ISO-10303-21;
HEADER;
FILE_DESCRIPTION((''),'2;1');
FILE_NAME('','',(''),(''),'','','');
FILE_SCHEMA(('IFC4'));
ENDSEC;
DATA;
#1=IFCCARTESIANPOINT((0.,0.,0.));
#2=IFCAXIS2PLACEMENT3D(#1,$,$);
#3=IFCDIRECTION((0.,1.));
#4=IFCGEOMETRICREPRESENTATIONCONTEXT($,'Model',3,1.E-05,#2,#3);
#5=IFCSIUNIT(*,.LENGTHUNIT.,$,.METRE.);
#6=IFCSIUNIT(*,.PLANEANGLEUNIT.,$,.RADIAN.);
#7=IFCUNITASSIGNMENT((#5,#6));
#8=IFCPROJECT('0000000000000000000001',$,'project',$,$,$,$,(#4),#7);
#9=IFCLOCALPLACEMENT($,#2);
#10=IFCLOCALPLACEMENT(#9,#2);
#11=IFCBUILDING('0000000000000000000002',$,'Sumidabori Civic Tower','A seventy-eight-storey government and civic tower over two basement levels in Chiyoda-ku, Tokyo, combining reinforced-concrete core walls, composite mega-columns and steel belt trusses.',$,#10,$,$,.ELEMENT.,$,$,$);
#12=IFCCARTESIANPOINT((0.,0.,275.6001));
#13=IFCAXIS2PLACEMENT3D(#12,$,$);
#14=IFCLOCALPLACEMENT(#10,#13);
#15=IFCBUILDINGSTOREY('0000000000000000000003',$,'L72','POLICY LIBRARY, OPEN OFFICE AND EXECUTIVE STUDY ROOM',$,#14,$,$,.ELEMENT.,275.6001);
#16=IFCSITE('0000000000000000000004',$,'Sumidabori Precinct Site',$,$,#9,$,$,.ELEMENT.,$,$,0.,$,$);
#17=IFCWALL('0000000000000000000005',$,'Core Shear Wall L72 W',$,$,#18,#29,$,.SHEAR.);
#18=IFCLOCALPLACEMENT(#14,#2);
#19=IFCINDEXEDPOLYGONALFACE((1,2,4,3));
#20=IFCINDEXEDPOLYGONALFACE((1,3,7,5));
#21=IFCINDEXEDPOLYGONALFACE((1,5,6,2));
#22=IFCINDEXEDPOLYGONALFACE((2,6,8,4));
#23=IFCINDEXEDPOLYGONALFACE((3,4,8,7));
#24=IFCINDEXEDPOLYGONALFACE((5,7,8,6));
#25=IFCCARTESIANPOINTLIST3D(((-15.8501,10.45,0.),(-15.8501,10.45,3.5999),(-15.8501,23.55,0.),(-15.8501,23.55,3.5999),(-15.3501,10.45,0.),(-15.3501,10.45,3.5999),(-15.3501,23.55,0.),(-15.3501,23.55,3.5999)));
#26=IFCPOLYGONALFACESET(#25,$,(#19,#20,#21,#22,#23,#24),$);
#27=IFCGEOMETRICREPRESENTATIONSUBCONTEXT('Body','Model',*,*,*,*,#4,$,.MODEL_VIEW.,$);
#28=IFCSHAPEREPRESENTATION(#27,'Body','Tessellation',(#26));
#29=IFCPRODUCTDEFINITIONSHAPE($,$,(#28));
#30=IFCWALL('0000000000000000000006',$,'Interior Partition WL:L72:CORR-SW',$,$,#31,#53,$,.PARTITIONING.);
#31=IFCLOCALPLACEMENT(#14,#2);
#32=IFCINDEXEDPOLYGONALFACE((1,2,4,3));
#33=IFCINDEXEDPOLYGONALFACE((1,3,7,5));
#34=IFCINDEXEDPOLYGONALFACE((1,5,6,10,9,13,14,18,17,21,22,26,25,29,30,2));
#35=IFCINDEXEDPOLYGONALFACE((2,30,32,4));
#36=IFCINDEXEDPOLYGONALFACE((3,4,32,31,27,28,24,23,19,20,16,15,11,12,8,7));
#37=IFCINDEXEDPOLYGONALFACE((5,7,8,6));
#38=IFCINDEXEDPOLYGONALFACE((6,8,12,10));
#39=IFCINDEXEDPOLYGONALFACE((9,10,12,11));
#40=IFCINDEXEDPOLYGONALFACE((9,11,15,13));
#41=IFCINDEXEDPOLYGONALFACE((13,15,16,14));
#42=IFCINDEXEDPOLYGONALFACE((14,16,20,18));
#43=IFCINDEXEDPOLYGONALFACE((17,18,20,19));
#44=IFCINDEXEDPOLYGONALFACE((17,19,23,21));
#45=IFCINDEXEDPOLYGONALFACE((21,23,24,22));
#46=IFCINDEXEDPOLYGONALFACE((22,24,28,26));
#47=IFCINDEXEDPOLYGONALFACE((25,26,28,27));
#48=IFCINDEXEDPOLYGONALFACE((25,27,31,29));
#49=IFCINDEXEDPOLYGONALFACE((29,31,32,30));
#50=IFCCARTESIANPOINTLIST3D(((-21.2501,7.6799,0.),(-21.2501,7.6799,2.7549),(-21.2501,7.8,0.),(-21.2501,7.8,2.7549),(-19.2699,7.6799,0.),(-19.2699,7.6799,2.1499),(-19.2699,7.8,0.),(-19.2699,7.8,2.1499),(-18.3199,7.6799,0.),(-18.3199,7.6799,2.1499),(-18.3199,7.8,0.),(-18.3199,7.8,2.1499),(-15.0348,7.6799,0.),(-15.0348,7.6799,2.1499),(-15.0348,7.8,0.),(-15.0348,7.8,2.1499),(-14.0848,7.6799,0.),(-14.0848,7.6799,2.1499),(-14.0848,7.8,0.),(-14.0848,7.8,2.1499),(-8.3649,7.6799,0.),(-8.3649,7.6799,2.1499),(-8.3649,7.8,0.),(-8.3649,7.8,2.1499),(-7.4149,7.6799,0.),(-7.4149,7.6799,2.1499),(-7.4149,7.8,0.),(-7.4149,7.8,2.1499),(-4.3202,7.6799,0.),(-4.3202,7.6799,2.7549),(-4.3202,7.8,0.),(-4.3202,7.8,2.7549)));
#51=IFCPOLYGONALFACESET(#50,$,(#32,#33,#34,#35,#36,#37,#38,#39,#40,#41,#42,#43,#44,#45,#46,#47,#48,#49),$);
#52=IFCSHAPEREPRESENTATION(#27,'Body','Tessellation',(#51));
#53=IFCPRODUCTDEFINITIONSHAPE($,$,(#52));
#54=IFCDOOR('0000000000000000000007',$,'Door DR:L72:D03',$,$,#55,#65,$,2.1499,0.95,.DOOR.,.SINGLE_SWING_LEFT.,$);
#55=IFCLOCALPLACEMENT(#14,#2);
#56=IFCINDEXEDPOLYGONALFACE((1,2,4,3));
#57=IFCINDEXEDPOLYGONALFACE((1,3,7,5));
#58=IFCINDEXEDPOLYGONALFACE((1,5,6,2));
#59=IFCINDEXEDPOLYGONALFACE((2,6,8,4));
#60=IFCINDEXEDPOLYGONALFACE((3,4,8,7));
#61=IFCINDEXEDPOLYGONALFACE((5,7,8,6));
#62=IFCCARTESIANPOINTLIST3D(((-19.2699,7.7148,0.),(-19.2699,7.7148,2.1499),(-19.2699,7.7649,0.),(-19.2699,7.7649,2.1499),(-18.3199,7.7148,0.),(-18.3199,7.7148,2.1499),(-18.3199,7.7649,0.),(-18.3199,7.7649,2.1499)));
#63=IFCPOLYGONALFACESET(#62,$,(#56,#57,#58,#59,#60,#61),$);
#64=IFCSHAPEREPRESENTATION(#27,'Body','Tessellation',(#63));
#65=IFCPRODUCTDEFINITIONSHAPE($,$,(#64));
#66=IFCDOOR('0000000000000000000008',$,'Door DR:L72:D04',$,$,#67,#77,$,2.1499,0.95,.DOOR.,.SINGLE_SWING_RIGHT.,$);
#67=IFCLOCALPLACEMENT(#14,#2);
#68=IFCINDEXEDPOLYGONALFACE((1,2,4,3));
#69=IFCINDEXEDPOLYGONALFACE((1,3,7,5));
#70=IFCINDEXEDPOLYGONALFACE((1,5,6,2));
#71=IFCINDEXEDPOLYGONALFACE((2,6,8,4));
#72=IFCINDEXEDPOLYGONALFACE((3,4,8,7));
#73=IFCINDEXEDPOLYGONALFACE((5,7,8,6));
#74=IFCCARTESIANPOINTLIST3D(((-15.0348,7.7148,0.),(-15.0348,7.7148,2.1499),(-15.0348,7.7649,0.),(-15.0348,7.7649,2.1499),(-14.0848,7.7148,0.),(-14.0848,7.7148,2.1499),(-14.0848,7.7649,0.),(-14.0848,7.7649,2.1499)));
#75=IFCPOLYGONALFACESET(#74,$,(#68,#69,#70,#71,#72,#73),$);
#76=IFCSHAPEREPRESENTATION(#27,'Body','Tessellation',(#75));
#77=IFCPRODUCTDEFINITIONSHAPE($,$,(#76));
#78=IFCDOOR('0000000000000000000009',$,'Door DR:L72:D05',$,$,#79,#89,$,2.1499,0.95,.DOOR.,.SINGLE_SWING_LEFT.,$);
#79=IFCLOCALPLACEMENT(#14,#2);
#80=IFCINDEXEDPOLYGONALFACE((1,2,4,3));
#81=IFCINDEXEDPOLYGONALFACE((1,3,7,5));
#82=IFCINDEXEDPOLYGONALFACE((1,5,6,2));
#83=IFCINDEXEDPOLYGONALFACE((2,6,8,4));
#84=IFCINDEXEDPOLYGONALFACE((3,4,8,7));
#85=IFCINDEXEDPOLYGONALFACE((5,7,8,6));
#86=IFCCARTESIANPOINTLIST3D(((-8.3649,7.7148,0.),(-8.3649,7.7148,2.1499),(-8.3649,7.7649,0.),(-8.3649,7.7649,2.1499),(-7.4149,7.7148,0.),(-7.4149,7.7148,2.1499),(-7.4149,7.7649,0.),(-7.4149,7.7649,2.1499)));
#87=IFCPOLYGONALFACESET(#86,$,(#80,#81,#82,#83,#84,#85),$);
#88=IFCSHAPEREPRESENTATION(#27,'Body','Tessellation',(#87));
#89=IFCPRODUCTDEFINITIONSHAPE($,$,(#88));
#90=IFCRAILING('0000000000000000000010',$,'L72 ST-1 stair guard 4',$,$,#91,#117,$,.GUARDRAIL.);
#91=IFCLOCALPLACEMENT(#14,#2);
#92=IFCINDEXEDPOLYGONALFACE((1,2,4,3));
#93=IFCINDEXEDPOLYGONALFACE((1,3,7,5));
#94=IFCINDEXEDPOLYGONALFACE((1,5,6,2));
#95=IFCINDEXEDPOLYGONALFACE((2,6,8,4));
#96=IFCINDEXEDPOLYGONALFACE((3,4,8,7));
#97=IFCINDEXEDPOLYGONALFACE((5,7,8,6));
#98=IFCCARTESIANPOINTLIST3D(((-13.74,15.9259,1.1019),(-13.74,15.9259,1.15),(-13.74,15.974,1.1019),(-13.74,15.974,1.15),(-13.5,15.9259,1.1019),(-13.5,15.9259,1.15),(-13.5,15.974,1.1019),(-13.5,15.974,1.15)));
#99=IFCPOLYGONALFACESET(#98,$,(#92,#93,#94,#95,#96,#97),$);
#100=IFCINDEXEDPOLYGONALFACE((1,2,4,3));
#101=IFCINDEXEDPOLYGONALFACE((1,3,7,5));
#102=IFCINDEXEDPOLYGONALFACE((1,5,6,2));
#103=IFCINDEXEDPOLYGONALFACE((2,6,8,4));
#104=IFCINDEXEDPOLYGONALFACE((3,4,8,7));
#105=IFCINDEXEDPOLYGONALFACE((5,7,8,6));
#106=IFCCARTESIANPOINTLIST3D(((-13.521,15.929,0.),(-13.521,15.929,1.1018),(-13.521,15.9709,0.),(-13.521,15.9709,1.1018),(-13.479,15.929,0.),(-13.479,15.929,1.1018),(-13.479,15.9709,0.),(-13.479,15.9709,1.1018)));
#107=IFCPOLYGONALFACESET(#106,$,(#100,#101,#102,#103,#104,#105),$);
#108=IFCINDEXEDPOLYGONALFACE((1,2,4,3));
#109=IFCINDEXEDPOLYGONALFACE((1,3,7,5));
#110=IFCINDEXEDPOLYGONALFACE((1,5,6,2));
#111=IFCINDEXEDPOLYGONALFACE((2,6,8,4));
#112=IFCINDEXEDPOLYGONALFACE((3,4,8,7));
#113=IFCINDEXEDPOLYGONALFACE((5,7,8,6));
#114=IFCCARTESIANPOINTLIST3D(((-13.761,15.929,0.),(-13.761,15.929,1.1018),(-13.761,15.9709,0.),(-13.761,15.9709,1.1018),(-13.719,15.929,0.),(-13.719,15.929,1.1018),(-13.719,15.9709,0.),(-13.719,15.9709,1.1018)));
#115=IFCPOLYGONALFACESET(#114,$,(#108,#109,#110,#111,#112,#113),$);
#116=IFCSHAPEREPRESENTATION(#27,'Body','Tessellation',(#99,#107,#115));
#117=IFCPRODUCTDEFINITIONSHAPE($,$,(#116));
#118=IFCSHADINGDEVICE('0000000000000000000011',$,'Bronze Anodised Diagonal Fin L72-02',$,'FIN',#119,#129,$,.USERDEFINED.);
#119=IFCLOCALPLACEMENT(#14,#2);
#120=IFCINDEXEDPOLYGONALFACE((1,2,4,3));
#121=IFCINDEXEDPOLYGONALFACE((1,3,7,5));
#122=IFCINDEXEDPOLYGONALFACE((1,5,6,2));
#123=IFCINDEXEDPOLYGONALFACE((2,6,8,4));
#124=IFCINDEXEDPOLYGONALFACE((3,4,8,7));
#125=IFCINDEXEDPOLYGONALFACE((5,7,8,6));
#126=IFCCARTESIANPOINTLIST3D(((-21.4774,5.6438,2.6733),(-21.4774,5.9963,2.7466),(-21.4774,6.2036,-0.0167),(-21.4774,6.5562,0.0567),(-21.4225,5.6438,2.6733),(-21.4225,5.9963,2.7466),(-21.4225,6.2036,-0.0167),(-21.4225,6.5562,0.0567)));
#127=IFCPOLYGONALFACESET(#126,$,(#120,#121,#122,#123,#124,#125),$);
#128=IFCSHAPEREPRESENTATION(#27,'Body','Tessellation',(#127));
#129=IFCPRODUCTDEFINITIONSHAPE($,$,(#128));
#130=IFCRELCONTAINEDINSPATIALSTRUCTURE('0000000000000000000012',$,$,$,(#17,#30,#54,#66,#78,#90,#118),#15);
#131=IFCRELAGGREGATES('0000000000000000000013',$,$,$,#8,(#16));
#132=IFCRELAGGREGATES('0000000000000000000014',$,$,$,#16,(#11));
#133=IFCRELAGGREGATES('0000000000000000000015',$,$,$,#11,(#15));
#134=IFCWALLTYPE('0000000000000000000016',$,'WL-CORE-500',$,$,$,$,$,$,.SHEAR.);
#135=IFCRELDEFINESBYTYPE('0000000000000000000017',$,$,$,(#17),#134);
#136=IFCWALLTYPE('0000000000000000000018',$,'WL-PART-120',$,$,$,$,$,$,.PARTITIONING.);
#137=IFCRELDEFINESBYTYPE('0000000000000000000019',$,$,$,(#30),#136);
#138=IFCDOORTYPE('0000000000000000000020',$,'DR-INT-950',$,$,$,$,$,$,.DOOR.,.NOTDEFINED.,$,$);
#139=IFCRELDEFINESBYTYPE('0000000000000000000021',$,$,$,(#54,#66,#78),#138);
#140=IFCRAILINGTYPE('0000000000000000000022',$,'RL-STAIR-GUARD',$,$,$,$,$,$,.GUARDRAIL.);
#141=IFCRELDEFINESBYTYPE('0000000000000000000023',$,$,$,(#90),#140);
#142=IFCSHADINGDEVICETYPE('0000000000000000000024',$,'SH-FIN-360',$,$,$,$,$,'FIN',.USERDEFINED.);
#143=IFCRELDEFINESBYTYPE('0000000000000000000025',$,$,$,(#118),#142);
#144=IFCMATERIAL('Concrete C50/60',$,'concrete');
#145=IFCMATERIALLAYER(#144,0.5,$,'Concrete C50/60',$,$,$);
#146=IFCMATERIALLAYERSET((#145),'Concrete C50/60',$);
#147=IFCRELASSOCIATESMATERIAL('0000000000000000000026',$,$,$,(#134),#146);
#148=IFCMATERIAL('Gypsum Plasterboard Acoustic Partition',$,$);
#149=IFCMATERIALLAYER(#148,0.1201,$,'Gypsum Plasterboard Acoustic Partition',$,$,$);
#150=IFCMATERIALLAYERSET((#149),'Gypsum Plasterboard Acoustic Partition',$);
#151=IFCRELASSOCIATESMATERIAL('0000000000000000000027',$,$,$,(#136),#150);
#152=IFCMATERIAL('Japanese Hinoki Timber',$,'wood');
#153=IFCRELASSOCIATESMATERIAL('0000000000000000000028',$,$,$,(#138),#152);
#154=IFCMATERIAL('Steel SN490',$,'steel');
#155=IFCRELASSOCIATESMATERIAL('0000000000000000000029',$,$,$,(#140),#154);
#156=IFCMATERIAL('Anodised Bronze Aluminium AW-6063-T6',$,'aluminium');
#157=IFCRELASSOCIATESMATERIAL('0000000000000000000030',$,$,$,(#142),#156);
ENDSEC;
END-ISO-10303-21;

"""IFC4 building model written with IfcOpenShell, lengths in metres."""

from ifc_helpers import new_model, si_unit, direction, frame, frame_2d, origin, origin_2d, place, context, subcontext, project, spatial, rectangle, extrude, source, transform, mapped, material, layer, layer_set, material_profile, profile_set, type_object, element, fill, save


model = new_model("IFC4")

# Units and contexts
model_context = context("Model", 3, precision=1e-05, world=origin(), true_north=direction((0.0, 1.0)))
body_context = subcontext(model_context, "Body", "Model", "MODEL_VIEW")
ifc_project = project(units=[si_unit("LENGTHUNIT", "METRE"), si_unit("PLANEANGLEUNIT", "RADIAN")], contexts=[model_context])

# Site, building, storey
site_placement = place(None, origin())
site = spatial("IfcSite", under=ifc_project, at=site_placement, Name="Sumidabori Precinct Site", CompositionType="ELEMENT", RefElevation=0.0)
building_placement = place(site_placement, origin())
building = spatial("IfcBuilding", under=site, at=building_placement, Name="Sumidabori Civic Tower", Description="A seventy-eight-storey government and civic tower over two basement levels in Chiyoda-ku, Tokyo, combining reinforced-concrete core walls, composite mega-columns and steel belt trusses.", CompositionType="ELEMENT")
storey_placement = place(building_placement, frame((0.0, 0.0, 275.6001)))
storey = spatial("IfcBuildingStorey", under=building, at=storey_placement, Name="L72", Description="POLICY LIBRARY, OPEN OFFICE AND EXECUTIVE STUDY ROOM", CompositionType="ELEMENT", Elevation=275.6001)

# Shared definitions
ifc_material_1 = material(Name="Concrete C50/60", Category="concrete")

# Shared definitions
ifc_material_2 = material(Name="Steel SN490", Category="steel")

# Shared definitions
ifc_material_3 = material(Name="Anodised Bronze Aluminium AW-6063-T6", Category="aluminium")

# Wall
ifc_layer_1 = layer(ifc_material_1, 0.5, Name="Concrete C50/60")
ifc_layer_set_1 = layer_set([ifc_layer_1], Name="Concrete C50/60")
wall_type_1 = type_object("IfcWallType", Name="WL-CORE-500", PredefinedType="SHEAR", material=ifc_layer_set_1)
shared_shape_1 = source(origin(), body_context, "Body", "SweptSolid", [
    extrude(rectangle(XDim=13.1001, YDim=0.5, at=frame_2d((6.55, 0.0))), origin(), (0.0, 0.0, 1.0), 3.5999),
])
wall_1_placement = place(storey_placement, frame((-15.6001, 10.45, 0.0), z_axis=(0.0, 0.0, 1.0), x_axis=(0.0, 1.0, 0.0)))
element("IfcWall", 1, at=wall_1_placement, inside=storey, type_object=wall_type_1, Name="Core Shear Wall L72 W", PredefinedType="SHEAR", context=body_context, shape_type="MappedRepresentation", body=[
    mapped(shared_shape_1, transform((0.0, 0.0, 0.0), x_axis=(1.0, 0.0, 0.0), y_axis=(0.0, 1.0, 0.0), z_axis=(0.0, 0.0, 1.0), scale=1.0)),
])

# Shared definitions
ifc_material_4 = material(Name="Gypsum Plasterboard Acoustic Partition")
ifc_layer_2 = layer(ifc_material_4, 0.1201, Name="Gypsum Plasterboard Acoustic Partition")
ifc_layer_set_2 = layer_set([ifc_layer_2], Name="Gypsum Plasterboard Acoustic Partition")
wall_type_2 = type_object("IfcWallType", Name="WL-PART-120", PredefinedType="PARTITIONING", material=ifc_layer_set_2)
ifc_material_5 = material(Name="Japanese Hinoki Timber", Category="wood")

# Wall, openings, doors
shared_shape_2 = source(origin(), body_context, "Body", "SweptSolid", [
    extrude(rectangle(XDim=16.9299, YDim=0.1201, at=frame_2d((8.4648, 0.0))), origin(), (0.0, 0.0, 1.0), 2.7549),
])
wall_2_placement = place(storey_placement, frame((-21.25, 7.74, 0.0), z_axis=(0.0, 0.0, 1.0), x_axis=(1.0, 0.0, 0.0)))
wall_2 = element("IfcWall", 2, at=wall_2_placement, inside=storey, type_object=wall_type_2, Name="Interior Partition WL:L72:CORR-SW", PredefinedType="PARTITIONING", context=body_context, shape_type="MappedRepresentation", body=[
    mapped(shared_shape_2, transform((0.0, 0.0, 0.0), x_axis=(1.0, 0.0, 0.0), y_axis=(0.0, 1.0, 0.0), z_axis=(0.0, 0.0, 1.0), scale=1.0)),
])
opening_1_placement = place(wall_2_placement, frame((1.98, 0.0, 0.0)))
opening_1 = element("IfcOpeningElement", 3, at=opening_1_placement, cuts=wall_2, PredefinedType="OPENING", context=body_context, shape_type="SweptSolid", body=[
    extrude(rectangle(XDim=0.95, YDim=2.1499, at=frame_2d((0.4751, 1.075))), frame((0.0, 0.072, 0.0), z_axis=(0.0, -1.0, 0.0), x_axis=(1.0, 0.0, 0.0)), (0.0, 0.0, 1.0), 0.144),
])
opening_2_placement = place(wall_2_placement, frame((6.2151, 0.0, 0.0)))
opening_2 = element("IfcOpeningElement", 4, at=opening_2_placement, cuts=wall_2, PredefinedType="OPENING", context=body_context, shape_type="SweptSolid", body=[
    extrude(rectangle(XDim=0.95, YDim=2.1499, at=frame_2d((0.4751, 1.075))), frame((0.0, 0.072, 0.0), z_axis=(0.0, -1.0, 0.0), x_axis=(1.0, 0.0, 0.0)), (0.0, 0.0, 1.0), 0.144),
])
opening_3_placement = place(wall_2_placement, frame((12.885, 0.0, 0.0)))
opening_3 = element("IfcOpeningElement", 5, at=opening_3_placement, cuts=wall_2, PredefinedType="OPENING", context=body_context, shape_type="SweptSolid", body=[
    extrude(rectangle(XDim=0.95, YDim=2.1499, at=frame_2d((0.4751, 1.075))), frame((0.0, 0.072, 0.0), z_axis=(0.0, -1.0, 0.0), x_axis=(1.0, 0.0, 0.0)), (0.0, 0.0, 1.0), 0.144),
])
door_type_1 = type_object("IfcDoorType", Name="DR-INT-950", OperationType="NOTDEFINED", PredefinedType="DOOR", material=ifc_material_5)
shared_shape_3 = source(origin(), body_context, "Body", "SweptSolid", [
    extrude(rectangle(XDim=0.95, YDim=2.1499, at=frame_2d((0.4751, 1.075))), frame((0.0, 0.0249, 0.0), z_axis=(0.0, -1.0, 0.0), x_axis=(1.0, 0.0, 0.0)), (0.0, 0.0, 1.0), 0.05),
])
door_1_placement = place(opening_1_placement, origin())
door_1 = element("IfcDoor", 6, at=door_1_placement, inside=storey, type_object=door_type_1, Name="Door DR:L72:D03", OperationType="SINGLE_SWING_LEFT", OverallHeight=2.1499, OverallWidth=0.95, PredefinedType="DOOR", context=body_context, shape_type="MappedRepresentation", body=[
    mapped(shared_shape_3, transform((0.0, 0.0, 0.0), x_axis=(1.0, 0.0, 0.0), y_axis=(0.0, 1.0, 0.0), z_axis=(0.0, 0.0, 1.0), scale=1.0)),
])
fill(opening_1, door_1)
door_2_placement = place(opening_2_placement, origin())
door_2 = element("IfcDoor", 7, at=door_2_placement, inside=storey, type_object=door_type_1, Name="Door DR:L72:D04", OperationType="SINGLE_SWING_RIGHT", OverallHeight=2.1499, OverallWidth=0.95, PredefinedType="DOOR", context=body_context, shape_type="MappedRepresentation", body=[
    mapped(shared_shape_3, transform((0.0, 0.0, 0.0), x_axis=(1.0, 0.0, 0.0), y_axis=(0.0, 1.0, 0.0), z_axis=(0.0, 0.0, 1.0), scale=1.0)),
])
fill(opening_2, door_2)
door_3_placement = place(opening_3_placement, origin())
door_3 = element("IfcDoor", 8, at=door_3_placement, inside=storey, type_object=door_type_1, Name="Door DR:L72:D05", OperationType="SINGLE_SWING_LEFT", OverallHeight=2.1499, OverallWidth=0.95, PredefinedType="DOOR", context=body_context, shape_type="MappedRepresentation", body=[
    mapped(shared_shape_3, transform((0.0, 0.0, 0.0), x_axis=(1.0, 0.0, 0.0), y_axis=(0.0, 1.0, 0.0), z_axis=(0.0, 0.0, 1.0), scale=1.0)),
])
fill(opening_3, door_3)

# Railing
railing_type = type_object("IfcRailingType", Name="RL-STAIR-GUARD", PredefinedType="GUARDRAIL", material=ifc_material_2)
railing_placement = place(storey_placement, frame((-13.5, 15.95, 0.0)))
element("IfcRailing", 9, at=railing_placement, inside=storey, type_object=railing_type, Name="L72 ST-1 stair guard 4", PredefinedType="GUARDRAIL", context=body_context, shape_type="SweptSolid", body=[
    extrude(rectangle(XDim=0.0481, YDim=0.0481, at=origin_2d()), frame((0.0, 0.0, 1.126), z_axis=(-1.0, 0.0, 0.0), x_axis=(0.0, -1.0, 0.0)), (0.0, 0.0, 1.0), 0.24),
    extrude(rectangle(XDim=0.042, YDim=0.042, at=origin_2d()), origin(), (0.0, 0.0, 1.0), 1.1018),
    extrude(rectangle(XDim=0.042, YDim=0.042, at=origin_2d()), frame((-0.24, 0.0, 0.0)), (0.0, 0.0, 1.0), 1.1018),
])

# Shading device
ifc_material_profile_1 = material_profile(ifc_material_3, rectangle(XDim=0.0549, YDim=0.3601, at=origin_2d()), Name="BRONZE FIN 360x55")
ifc_profile_set_1 = profile_set([ifc_material_profile_1], Name="Anodised Bronze Aluminium AW-6063-T6")
shading_device_type = type_object("IfcShadingDeviceType", Name="SH-FIN-360", ElementType="FIN", PredefinedType="USERDEFINED", material=ifc_profile_set_1)
shared_shape_4 = source(origin(), body_context, "Body", "SweptSolid", [
    extrude(rectangle(XDim=0.0549, YDim=0.3601, at=origin_2d()), origin(), (0.0, 0.0, 1.0), 2.7476),
])
shading_device_placement = place(storey_placement, frame((-21.45, 6.3799, 0.02), z_axis=(0.0, -0.203748, 0.979023), x_axis=(-1.0, 0.0, 0.0)))
element("IfcShadingDevice", 10, at=shading_device_placement, inside=storey, type_object=shading_device_type, Name="Bronze Anodised Diagonal Fin L72-02", ObjectType="FIN", PredefinedType="USERDEFINED", context=body_context, shape_type="MappedRepresentation", body=[
    mapped(shared_shape_4, transform((0.0, 0.0, 0.0), x_axis=(1.0, 0.0, 0.0), y_axis=(0.0, 1.0, 0.0), z_axis=(0.0, 0.0, 1.0), scale=1.0)),
])

save(model, "model.ifc")
